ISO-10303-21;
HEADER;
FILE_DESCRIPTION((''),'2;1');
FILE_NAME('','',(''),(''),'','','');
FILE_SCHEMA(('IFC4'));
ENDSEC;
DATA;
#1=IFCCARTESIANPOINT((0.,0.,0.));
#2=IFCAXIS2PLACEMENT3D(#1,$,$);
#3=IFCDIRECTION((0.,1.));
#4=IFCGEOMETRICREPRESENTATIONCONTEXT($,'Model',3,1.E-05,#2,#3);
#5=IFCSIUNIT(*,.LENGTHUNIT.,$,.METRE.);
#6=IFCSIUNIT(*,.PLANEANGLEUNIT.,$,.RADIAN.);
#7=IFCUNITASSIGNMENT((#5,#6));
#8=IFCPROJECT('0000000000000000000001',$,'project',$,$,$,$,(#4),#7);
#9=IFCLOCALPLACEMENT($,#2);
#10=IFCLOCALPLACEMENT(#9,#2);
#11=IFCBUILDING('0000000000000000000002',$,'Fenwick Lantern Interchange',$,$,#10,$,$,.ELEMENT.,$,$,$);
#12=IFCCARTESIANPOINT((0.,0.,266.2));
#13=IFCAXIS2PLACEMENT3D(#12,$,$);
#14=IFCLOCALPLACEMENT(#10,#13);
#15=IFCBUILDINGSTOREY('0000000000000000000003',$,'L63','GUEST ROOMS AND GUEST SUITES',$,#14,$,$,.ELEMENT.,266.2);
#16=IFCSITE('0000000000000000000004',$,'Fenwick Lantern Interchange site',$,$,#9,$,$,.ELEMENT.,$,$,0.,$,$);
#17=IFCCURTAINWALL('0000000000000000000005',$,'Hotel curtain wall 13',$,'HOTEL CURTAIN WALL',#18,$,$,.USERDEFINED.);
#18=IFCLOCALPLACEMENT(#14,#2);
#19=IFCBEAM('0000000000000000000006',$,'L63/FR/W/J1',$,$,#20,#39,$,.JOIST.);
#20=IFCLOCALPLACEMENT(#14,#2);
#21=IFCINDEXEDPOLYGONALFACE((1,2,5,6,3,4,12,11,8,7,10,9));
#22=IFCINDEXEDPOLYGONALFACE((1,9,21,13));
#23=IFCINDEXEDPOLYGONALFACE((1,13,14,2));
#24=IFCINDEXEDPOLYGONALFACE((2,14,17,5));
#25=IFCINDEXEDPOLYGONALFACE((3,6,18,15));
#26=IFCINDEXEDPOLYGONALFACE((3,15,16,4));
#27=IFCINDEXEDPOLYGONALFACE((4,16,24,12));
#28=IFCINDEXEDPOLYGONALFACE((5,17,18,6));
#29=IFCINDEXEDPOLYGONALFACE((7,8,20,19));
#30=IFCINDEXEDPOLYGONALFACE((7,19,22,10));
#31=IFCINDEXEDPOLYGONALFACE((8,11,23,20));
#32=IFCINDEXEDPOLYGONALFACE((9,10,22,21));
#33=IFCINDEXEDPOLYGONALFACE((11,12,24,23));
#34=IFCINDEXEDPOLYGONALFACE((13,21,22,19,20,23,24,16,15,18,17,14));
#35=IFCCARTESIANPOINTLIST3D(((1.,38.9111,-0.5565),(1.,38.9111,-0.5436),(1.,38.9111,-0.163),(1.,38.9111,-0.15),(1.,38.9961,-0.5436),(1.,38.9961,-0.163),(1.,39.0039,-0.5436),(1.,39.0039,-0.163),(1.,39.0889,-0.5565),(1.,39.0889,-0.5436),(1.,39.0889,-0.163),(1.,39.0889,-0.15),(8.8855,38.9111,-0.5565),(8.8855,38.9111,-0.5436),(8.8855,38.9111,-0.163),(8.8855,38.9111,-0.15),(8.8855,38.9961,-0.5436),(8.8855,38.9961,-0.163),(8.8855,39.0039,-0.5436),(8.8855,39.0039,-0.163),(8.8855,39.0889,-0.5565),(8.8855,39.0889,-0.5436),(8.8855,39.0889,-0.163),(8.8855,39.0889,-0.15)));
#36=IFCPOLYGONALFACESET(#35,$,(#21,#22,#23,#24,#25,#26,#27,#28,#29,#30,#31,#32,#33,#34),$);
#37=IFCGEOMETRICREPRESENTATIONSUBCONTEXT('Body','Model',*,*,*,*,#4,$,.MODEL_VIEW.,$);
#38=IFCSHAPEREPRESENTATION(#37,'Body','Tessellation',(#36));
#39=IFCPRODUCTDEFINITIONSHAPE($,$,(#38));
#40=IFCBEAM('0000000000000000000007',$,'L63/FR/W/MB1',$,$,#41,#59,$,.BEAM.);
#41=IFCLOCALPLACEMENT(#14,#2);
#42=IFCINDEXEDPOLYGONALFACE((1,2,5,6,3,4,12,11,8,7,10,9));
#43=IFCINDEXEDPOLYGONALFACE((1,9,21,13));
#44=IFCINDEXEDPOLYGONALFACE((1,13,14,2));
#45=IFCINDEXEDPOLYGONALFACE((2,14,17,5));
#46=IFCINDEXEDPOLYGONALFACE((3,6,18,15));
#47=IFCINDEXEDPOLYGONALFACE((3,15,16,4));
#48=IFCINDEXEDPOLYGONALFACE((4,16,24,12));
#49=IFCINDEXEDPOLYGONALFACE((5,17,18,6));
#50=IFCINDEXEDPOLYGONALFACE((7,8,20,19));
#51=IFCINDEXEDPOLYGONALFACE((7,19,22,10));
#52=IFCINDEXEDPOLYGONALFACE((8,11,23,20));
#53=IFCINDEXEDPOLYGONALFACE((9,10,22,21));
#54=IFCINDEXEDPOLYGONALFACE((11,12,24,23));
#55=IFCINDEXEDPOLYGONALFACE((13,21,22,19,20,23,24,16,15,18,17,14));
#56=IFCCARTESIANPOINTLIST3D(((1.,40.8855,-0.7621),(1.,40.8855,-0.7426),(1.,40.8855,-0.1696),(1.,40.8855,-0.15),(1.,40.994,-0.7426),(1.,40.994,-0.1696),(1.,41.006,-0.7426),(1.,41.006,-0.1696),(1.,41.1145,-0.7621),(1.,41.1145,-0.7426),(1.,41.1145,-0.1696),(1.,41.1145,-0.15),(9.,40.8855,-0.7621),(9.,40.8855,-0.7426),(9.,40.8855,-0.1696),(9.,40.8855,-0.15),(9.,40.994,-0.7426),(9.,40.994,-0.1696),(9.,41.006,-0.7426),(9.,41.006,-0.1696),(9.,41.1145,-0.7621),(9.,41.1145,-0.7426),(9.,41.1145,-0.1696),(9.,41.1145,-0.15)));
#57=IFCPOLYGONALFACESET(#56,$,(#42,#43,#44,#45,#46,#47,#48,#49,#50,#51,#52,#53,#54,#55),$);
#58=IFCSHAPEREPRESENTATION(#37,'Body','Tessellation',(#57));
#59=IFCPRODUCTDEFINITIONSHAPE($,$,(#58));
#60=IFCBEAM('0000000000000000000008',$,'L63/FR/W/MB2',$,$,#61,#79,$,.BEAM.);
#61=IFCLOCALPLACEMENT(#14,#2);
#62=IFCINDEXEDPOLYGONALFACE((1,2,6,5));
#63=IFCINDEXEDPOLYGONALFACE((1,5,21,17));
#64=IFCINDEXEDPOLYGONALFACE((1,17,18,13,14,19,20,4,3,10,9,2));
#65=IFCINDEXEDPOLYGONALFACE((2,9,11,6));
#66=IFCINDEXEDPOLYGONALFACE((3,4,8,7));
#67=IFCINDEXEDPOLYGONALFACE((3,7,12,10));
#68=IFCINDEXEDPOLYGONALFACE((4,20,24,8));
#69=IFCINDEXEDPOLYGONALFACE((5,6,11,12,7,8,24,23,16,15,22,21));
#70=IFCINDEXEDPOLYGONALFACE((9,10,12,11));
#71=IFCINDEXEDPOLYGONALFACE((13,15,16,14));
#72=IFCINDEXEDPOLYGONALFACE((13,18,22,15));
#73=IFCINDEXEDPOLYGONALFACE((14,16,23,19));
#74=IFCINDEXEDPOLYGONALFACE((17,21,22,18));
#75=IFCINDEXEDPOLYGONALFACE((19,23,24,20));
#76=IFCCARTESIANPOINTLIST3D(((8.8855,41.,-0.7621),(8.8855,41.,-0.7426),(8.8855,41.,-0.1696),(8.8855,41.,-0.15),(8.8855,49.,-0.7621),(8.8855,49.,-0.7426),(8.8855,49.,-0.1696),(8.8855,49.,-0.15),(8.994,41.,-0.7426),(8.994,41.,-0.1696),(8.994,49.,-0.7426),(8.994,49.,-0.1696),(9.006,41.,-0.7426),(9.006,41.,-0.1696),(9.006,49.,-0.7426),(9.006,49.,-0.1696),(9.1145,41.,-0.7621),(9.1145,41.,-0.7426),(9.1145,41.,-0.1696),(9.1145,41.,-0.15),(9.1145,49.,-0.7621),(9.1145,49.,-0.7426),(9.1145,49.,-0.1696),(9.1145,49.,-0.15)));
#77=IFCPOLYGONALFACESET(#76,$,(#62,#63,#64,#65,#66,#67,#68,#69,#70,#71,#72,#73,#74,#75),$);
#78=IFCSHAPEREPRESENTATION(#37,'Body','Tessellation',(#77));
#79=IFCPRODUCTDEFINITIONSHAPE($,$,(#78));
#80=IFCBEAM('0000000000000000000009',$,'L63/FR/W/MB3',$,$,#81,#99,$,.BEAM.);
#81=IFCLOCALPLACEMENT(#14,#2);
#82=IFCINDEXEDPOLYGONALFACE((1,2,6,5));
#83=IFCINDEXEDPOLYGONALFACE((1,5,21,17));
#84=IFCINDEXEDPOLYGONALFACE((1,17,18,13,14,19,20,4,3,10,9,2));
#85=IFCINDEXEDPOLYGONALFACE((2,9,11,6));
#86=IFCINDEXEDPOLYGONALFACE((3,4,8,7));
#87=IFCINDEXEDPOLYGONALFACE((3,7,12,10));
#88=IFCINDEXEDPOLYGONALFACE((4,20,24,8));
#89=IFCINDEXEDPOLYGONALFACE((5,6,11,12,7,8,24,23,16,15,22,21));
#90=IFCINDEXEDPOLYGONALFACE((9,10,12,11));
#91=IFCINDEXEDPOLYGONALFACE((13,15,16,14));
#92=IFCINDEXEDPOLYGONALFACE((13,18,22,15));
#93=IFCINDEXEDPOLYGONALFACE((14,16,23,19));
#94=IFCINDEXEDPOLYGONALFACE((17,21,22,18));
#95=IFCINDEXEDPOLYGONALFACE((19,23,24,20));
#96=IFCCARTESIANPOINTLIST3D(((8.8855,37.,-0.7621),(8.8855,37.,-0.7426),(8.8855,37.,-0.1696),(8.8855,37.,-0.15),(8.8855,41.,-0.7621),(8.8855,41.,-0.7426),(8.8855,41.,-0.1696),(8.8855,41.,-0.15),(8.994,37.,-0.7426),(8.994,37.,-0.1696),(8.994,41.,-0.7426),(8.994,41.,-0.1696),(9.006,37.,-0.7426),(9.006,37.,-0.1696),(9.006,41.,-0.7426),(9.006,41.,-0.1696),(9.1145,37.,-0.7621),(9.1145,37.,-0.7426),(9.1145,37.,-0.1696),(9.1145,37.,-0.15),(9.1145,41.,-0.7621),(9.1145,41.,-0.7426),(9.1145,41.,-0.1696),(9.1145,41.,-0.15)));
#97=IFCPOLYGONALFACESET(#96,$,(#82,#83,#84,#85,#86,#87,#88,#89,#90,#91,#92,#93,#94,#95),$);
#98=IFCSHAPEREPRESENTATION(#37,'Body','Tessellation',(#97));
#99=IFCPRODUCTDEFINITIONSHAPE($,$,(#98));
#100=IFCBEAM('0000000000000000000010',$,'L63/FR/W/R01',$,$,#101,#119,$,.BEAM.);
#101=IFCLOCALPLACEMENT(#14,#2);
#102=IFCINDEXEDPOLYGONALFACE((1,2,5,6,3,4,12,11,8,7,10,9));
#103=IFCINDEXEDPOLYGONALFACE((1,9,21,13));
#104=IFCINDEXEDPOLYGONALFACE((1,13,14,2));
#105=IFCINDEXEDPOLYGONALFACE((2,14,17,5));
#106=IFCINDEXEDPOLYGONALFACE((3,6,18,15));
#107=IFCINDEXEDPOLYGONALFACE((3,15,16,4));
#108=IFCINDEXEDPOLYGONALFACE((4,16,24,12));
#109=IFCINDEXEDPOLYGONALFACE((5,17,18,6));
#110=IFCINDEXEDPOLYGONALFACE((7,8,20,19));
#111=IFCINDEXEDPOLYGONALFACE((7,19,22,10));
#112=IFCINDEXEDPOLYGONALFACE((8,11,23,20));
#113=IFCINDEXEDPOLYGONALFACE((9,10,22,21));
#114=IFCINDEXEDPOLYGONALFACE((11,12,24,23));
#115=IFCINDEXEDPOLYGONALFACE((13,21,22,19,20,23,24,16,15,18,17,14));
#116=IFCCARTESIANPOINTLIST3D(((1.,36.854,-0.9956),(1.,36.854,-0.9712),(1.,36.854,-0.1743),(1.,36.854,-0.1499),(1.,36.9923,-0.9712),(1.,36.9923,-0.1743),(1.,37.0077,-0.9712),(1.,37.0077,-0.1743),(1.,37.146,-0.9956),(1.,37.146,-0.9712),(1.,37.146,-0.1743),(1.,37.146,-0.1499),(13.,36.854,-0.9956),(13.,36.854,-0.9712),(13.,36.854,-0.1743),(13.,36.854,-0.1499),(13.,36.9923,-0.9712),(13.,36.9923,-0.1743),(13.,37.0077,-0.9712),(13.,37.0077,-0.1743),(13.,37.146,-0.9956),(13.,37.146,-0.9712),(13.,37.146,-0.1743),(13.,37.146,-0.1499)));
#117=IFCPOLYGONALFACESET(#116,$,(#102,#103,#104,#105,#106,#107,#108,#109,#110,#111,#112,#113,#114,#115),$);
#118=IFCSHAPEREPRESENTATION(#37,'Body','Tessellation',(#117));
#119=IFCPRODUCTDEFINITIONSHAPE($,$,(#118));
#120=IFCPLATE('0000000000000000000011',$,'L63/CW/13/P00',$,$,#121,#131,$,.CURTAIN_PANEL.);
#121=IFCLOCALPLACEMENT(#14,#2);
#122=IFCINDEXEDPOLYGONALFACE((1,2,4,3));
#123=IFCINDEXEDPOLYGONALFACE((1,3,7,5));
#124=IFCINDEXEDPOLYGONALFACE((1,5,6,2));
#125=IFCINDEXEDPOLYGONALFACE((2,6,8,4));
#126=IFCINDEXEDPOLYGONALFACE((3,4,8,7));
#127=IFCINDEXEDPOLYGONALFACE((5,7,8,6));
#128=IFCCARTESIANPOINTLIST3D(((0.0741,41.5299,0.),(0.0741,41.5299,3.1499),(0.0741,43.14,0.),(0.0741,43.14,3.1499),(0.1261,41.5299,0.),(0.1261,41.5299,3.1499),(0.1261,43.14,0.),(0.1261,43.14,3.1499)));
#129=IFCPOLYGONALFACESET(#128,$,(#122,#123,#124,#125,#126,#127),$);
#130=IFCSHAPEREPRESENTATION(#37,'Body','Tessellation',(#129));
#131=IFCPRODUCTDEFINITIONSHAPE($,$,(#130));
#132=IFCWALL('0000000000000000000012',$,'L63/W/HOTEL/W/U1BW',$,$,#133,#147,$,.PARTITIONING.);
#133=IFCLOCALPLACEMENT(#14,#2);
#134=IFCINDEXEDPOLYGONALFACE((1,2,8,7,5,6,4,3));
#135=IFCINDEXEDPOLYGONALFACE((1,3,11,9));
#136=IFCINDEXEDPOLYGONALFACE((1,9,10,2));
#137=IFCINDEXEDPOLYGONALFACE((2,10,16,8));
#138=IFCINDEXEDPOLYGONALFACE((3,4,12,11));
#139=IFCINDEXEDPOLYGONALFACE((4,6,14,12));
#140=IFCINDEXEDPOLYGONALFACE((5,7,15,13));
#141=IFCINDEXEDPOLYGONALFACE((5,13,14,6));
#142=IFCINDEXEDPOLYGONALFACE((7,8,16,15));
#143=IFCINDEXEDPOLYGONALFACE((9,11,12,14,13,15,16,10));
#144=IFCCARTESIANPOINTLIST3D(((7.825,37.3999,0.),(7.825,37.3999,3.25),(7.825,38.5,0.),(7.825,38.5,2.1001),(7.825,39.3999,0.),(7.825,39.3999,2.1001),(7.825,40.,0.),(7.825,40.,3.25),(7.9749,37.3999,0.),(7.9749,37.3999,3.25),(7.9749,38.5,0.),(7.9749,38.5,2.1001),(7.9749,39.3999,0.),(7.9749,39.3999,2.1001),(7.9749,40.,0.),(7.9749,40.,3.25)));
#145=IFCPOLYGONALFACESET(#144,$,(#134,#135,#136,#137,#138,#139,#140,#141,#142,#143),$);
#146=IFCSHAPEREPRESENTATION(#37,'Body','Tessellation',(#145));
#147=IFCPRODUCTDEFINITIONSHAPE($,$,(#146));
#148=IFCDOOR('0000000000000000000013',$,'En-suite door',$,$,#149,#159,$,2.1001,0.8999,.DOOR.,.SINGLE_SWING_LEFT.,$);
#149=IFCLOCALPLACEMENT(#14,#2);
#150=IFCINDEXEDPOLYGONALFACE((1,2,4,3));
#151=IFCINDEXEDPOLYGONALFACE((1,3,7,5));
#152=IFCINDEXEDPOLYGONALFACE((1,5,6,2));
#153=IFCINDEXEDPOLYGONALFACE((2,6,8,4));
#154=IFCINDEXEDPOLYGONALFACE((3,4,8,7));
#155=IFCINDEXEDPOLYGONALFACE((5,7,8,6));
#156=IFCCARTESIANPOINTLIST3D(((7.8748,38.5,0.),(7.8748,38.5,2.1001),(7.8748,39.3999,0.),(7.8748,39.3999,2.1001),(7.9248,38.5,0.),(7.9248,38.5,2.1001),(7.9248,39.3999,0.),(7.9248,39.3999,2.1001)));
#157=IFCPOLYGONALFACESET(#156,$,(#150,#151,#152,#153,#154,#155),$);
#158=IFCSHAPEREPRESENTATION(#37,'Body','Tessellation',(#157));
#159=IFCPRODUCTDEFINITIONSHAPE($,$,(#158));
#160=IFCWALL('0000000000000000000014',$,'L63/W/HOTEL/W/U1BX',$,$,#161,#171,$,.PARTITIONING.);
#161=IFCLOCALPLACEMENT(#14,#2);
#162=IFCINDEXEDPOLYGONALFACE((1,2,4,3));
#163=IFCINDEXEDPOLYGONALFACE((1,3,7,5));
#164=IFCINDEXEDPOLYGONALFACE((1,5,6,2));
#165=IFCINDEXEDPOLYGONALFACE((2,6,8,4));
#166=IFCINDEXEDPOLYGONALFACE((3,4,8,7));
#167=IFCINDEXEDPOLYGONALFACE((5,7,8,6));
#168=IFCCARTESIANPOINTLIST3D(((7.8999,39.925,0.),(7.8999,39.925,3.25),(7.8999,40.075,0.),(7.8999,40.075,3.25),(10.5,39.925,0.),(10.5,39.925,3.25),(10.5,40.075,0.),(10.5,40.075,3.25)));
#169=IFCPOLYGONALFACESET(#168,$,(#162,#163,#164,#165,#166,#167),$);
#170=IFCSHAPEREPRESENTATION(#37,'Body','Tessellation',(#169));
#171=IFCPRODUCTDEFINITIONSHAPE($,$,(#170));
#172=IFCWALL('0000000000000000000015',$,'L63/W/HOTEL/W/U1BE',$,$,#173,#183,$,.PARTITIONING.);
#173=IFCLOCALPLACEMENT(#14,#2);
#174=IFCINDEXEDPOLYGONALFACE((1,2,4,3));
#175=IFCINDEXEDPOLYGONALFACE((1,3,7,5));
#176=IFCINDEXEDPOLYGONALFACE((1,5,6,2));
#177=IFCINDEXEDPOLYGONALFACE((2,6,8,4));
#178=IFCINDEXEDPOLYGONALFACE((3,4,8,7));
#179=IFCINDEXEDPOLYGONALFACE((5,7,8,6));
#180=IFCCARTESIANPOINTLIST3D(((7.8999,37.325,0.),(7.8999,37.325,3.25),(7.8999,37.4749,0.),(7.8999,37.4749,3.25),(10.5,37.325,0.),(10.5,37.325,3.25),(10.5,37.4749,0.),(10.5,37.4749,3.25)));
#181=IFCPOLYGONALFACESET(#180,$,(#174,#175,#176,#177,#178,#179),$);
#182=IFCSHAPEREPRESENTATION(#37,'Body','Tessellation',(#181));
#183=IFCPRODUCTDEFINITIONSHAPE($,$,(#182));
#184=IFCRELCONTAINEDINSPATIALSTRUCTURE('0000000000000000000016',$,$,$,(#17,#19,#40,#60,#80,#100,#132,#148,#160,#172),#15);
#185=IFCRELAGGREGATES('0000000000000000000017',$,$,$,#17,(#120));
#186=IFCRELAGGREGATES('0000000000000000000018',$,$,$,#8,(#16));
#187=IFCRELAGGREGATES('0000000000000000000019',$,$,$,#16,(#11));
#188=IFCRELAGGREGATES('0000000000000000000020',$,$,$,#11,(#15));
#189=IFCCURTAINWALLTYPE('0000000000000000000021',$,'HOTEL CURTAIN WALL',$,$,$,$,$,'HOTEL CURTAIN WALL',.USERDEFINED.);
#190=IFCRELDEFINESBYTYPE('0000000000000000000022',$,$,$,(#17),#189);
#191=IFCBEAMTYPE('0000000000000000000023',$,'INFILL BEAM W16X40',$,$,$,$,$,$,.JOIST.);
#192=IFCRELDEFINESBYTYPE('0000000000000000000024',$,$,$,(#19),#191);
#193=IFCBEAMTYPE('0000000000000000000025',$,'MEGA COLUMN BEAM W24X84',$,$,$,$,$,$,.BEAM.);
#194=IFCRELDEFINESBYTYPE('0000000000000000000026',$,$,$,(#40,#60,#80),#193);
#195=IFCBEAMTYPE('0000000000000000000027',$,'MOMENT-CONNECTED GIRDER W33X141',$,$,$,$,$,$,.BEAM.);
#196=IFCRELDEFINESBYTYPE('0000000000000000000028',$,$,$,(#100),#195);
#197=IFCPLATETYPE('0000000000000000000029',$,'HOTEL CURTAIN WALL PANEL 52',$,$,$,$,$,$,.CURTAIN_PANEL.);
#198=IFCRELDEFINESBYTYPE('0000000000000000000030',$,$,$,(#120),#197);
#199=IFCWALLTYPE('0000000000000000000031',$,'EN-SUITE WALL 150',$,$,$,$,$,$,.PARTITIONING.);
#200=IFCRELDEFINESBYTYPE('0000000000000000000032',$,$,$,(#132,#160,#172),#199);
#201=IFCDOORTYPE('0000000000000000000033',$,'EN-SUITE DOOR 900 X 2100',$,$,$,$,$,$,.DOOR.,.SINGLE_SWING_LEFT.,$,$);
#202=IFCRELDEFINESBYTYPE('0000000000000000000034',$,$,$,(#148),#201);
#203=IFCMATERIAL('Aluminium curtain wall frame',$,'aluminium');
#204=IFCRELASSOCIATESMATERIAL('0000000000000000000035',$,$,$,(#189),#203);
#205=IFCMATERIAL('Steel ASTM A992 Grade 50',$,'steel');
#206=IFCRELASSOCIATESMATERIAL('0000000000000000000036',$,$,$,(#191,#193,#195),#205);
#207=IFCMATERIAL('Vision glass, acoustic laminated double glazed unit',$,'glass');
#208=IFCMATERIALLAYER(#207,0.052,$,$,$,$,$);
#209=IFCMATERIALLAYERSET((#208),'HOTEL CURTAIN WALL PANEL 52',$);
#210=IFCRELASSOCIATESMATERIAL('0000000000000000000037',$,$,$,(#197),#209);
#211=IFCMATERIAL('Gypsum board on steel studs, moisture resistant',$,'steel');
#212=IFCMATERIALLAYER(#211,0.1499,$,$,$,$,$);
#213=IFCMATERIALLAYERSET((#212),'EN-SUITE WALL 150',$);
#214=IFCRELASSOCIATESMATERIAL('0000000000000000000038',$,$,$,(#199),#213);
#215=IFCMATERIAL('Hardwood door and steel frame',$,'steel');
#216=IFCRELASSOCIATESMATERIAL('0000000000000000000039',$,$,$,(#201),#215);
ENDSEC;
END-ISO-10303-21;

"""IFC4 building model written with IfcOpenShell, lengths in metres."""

from ifc_helpers import new_model, si_unit, direction, frame, frame_2d, origin, origin_2d, place, context, subcontext, project, spatial, rectangle, i_section, extrude, material, layer, layer_set, material_profile, profile_set, type_object, element, fill, aggregate, save


model = new_model("IFC4")

# Units and contexts
model_context = context("Model", 3, precision=1e-05, world=origin(), true_north=direction((0.0, 1.0)))
body_context = subcontext(model_context, "Body", "Model", "MODEL_VIEW")
ifc_project = project(units=[si_unit("LENGTHUNIT", "METRE"), si_unit("PLANEANGLEUNIT", "RADIAN")], contexts=[model_context])

# Site, building, storey
site_placement = place(None, origin())
site = spatial("IfcSite", under=ifc_project, at=site_placement, Name="Fenwick Lantern Interchange site", CompositionType="ELEMENT", RefElevation=0.0)
building_placement = place(site_placement, origin())
building = spatial("IfcBuilding", under=site, at=building_placement, Name="Fenwick Lantern Interchange", CompositionType="ELEMENT")
storey_placement = place(building_placement, frame((0.0, 0.0, 266.2)))
storey = spatial("IfcBuildingStorey", under=building, at=storey_placement, Name="L63", Description="GUEST ROOMS AND GUEST SUITES", CompositionType="ELEMENT", Elevation=266.2)

# Shared definitions
ifc_material_1 = material(Name="Steel ASTM A992 Grade 50", Category="steel")

# Curtain wall
ifc_material_2 = material(Name="Aluminium curtain wall frame", Category="aluminium")
curtain_wall_type = type_object("IfcCurtainWallType", Name="HOTEL CURTAIN WALL", ElementType="HOTEL CURTAIN WALL", PredefinedType="USERDEFINED", material=ifc_material_2)
curtain_wall_placement = place(storey_placement, origin())
curtain_wall = element("IfcCurtainWall", 1, at=curtain_wall_placement, inside=storey, type_object=curtain_wall_type, Name="Hotel curtain wall 13", ObjectType="HOTEL CURTAIN WALL", PredefinedType="USERDEFINED")

# Beams
ifc_material_profile_1 = material_profile(ifc_material_1, i_section(OverallWidth=0.1777, OverallDepth=0.4065, WebThickness=0.0078, FlangeThickness=0.0129, at=origin_2d()), Name="W16X40")
ifc_profile_set_1 = profile_set([ifc_material_profile_1], Name="Steel ASTM A992 Grade 50")
beam_type_1 = type_object("IfcBeamType", Name="INFILL BEAM W16X40", PredefinedType="JOIST", material=ifc_profile_set_1)
beam_1_placement = place(storey_placement, frame((1.0, 39.0, -0.3533), z_axis=(1.0, 0.0, 0.0), x_axis=(0.0, 1.0, 0.0)))
element("IfcBeam", 2, at=beam_1_placement, inside=storey, type_object=beam_type_1, Name="L63/FR/W/J1", PredefinedType="JOIST", context=body_context, shape_type="SweptSolid", body=[
    extrude(i_section(OverallWidth=0.1777, OverallDepth=0.4065, WebThickness=0.0078, FlangeThickness=0.0129, at=origin_2d()), origin(), (0.0, 0.0, 1.0), 7.8855),
])
ifc_material_profile_2 = material_profile(ifc_material_1, i_section(OverallWidth=0.229, OverallDepth=0.6121, WebThickness=0.012, FlangeThickness=0.0195, at=origin_2d()), Name="W24X84")
ifc_profile_set_2 = profile_set([ifc_material_profile_2], Name="Steel ASTM A992 Grade 50")
beam_type_2 = type_object("IfcBeamType", Name="MEGA COLUMN BEAM W24X84", PredefinedType="BEAM", material=ifc_profile_set_2)
for number, where, z_axis, x_axis, name in (
    (3, (9.0, 41.0, -0.4561), (-1.0, 0.0, 0.0), (0.0, -1.0, 0.0), "L63/FR/W/MB1"),
    (4, (9.0, 41.0, -0.4561), (0.0, 1.0, 0.0), (-1.0, 0.0, 0.0), "L63/FR/W/MB2"),
):
    element("IfcBeam", number, at=place(storey_placement, frame(where, z_axis=z_axis, x_axis=x_axis)), inside=storey, type_object=beam_type_2, Name=name, PredefinedType="BEAM", context=body_context, shape_type="SweptSolid", body=[
        extrude(i_section(OverallWidth=0.229, OverallDepth=0.6121, WebThickness=0.012, FlangeThickness=0.0195, at=origin_2d()), origin(), (0.0, 0.0, 1.0), 8.0),
    ])
beam_2_placement = place(storey_placement, frame((9.0, 41.0, -0.4561), z_axis=(0.0, -1.0, 0.0), x_axis=(1.0, 0.0, 0.0)))
element("IfcBeam", 5, at=beam_2_placement, inside=storey, type_object=beam_type_2, Name="L63/FR/W/MB3", PredefinedType="BEAM", context=body_context, shape_type="SweptSolid", body=[
    extrude(i_section(OverallWidth=0.229, OverallDepth=0.6121, WebThickness=0.012, FlangeThickness=0.0195, at=origin_2d()), origin(), (0.0, 0.0, 1.0), 4.0),
])
ifc_material_profile_3 = material_profile(ifc_material_1, i_section(OverallWidth=0.292, OverallDepth=0.8457, WebThickness=0.0154, FlangeThickness=0.0244, at=origin_2d()), Name="W33X141")
ifc_profile_set_3 = profile_set([ifc_material_profile_3], Name="Steel ASTM A992 Grade 50")
beam_type_3 = type_object("IfcBeamType", Name="MOMENT-CONNECTED GIRDER W33X141", PredefinedType="BEAM", material=ifc_profile_set_3)
beam_3_placement = place(storey_placement, frame((1.0, 37.0, -0.5728), z_axis=(1.0, 0.0, 0.0), x_axis=(0.0, 1.0, 0.0)))
element("IfcBeam", 6, at=beam_3_placement, inside=storey, type_object=beam_type_3, Name="L63/FR/W/R01", PredefinedType="BEAM", context=body_context, shape_type="SweptSolid", body=[
    extrude(i_section(OverallWidth=0.292, OverallDepth=0.8457, WebThickness=0.0154, FlangeThickness=0.0244, at=origin_2d()), origin(), (0.0, 0.0, 1.0), 12.0),
])

# Plate
ifc_material_3 = material(Name="Vision glass, acoustic laminated double glazed unit", Category="glass")
ifc_layer_1 = layer(ifc_material_3, 0.052)
ifc_layer_set_1 = layer_set([ifc_layer_1], Name="HOTEL CURTAIN WALL PANEL 52")
plate_type = type_object("IfcPlateType", Name="HOTEL CURTAIN WALL PANEL 52", PredefinedType="CURTAIN_PANEL", material=ifc_layer_set_1)
plate_placement = place(storey_placement, frame((0.1001, 42.335, 0.0), z_axis=(0.0, 0.0, 1.0), x_axis=(0.0, -1.0, 0.0)))
plate = element("IfcPlate", 7, at=plate_placement, type_object=plate_type, Name="L63/CW/13/P00", PredefinedType="CURTAIN_PANEL", context=body_context, shape_type="SweptSolid", body=[
    extrude(rectangle(XDim=1.6101, YDim=0.052, at=origin_2d()), origin(), (0.0, 0.0, 1.0), 3.1499),
])
aggregate(curtain_wall, [plate])

# Wall, opening, door
ifc_material_4 = material(Name="Gypsum board on steel studs, moisture resistant", Category="steel")
ifc_layer_2 = layer(ifc_material_4, 0.1499)
ifc_layer_set_2 = layer_set([ifc_layer_2], Name="EN-SUITE WALL 150")
wall_type = type_object("IfcWallType", Name="EN-SUITE WALL 150", PredefinedType="PARTITIONING", material=ifc_layer_set_2)
wall_placement = place(storey_placement, frame((7.8999, 40.0, 0.0), z_axis=(0.0, 0.0, 1.0), x_axis=(0.0, -1.0, 0.0)))
wall = element("IfcWall", 8, at=wall_placement, inside=storey, type_object=wall_type, Name="L63/W/HOTEL/W/U1BW", PredefinedType="PARTITIONING", context=body_context, shape_type="SweptSolid", body=[
    extrude(rectangle(XDim=2.6001, YDim=0.1499, at=frame_2d((1.3, 0.0))), origin(), (0.0, 0.0, 1.0), 3.25),
])
opening_placement = place(wall_placement, frame((0.6001, 0.0, 0.0)))
opening = element("IfcOpeningElement", 9, at=opening_placement, cuts=wall, PredefinedType="OPENING", context=body_context, shape_type="SweptSolid", body=[
    extrude(rectangle(XDim=0.8999, YDim=2.1001, at=frame_2d((0.45, 1.05))), frame((0.0, 0.085, 0.0), z_axis=(0.0, -1.0, 0.0), x_axis=(1.0, 0.0, 0.0)), (0.0, 0.0, 1.0), 0.1699),
])
ifc_material_5 = material(Name="Hardwood door and steel frame", Category="steel")
door_type = type_object("IfcDoorType", Name="EN-SUITE DOOR 900 X 2100", OperationType="SINGLE_SWING_LEFT", PredefinedType="DOOR", material=ifc_material_5)
door_placement = place(opening_placement, origin())
door = element("IfcDoor", 10, at=door_placement, inside=storey, type_object=door_type, Name="En-suite door", OperationType="SINGLE_SWING_LEFT", OverallHeight=2.1001, OverallWidth=0.8999, PredefinedType="DOOR", context=body_context, shape_type="SweptSolid", body=[
    extrude(rectangle(XDim=0.8999, YDim=2.1001, at=frame_2d((0.45, 1.05))), frame((0.0, 0.0249, 0.0), z_axis=(0.0, -1.0, 0.0), x_axis=(1.0, 0.0, 0.0)), (0.0, 0.0, 1.0), 0.05),
])
fill(opening, door)

# Walls
for number, where, z_axis, x_axis, name in (
    (11, (7.8999, 40.0, 0.0), (0.0, 0.0, 1.0), (1.0, 0.0, 0.0), "L63/W/HOTEL/W/U1BX"),
    (12, (7.8999, 37.3999, 0.0), (0.0, 0.0, 1.0), (1.0, 0.0, 0.0), "L63/W/HOTEL/W/U1BE"),
):
    element("IfcWall", number, at=place(storey_placement, frame(where, z_axis=z_axis, x_axis=x_axis)), inside=storey, type_object=wall_type, Name=name, PredefinedType="PARTITIONING", context=body_context, shape_type="SweptSolid", body=[
        extrude(rectangle(XDim=2.6001, YDim=0.1499, at=frame_2d((1.3, 0.0))), origin(), (0.0, 0.0, 1.0), 3.25),
    ])

save(model, "model.ifc")
